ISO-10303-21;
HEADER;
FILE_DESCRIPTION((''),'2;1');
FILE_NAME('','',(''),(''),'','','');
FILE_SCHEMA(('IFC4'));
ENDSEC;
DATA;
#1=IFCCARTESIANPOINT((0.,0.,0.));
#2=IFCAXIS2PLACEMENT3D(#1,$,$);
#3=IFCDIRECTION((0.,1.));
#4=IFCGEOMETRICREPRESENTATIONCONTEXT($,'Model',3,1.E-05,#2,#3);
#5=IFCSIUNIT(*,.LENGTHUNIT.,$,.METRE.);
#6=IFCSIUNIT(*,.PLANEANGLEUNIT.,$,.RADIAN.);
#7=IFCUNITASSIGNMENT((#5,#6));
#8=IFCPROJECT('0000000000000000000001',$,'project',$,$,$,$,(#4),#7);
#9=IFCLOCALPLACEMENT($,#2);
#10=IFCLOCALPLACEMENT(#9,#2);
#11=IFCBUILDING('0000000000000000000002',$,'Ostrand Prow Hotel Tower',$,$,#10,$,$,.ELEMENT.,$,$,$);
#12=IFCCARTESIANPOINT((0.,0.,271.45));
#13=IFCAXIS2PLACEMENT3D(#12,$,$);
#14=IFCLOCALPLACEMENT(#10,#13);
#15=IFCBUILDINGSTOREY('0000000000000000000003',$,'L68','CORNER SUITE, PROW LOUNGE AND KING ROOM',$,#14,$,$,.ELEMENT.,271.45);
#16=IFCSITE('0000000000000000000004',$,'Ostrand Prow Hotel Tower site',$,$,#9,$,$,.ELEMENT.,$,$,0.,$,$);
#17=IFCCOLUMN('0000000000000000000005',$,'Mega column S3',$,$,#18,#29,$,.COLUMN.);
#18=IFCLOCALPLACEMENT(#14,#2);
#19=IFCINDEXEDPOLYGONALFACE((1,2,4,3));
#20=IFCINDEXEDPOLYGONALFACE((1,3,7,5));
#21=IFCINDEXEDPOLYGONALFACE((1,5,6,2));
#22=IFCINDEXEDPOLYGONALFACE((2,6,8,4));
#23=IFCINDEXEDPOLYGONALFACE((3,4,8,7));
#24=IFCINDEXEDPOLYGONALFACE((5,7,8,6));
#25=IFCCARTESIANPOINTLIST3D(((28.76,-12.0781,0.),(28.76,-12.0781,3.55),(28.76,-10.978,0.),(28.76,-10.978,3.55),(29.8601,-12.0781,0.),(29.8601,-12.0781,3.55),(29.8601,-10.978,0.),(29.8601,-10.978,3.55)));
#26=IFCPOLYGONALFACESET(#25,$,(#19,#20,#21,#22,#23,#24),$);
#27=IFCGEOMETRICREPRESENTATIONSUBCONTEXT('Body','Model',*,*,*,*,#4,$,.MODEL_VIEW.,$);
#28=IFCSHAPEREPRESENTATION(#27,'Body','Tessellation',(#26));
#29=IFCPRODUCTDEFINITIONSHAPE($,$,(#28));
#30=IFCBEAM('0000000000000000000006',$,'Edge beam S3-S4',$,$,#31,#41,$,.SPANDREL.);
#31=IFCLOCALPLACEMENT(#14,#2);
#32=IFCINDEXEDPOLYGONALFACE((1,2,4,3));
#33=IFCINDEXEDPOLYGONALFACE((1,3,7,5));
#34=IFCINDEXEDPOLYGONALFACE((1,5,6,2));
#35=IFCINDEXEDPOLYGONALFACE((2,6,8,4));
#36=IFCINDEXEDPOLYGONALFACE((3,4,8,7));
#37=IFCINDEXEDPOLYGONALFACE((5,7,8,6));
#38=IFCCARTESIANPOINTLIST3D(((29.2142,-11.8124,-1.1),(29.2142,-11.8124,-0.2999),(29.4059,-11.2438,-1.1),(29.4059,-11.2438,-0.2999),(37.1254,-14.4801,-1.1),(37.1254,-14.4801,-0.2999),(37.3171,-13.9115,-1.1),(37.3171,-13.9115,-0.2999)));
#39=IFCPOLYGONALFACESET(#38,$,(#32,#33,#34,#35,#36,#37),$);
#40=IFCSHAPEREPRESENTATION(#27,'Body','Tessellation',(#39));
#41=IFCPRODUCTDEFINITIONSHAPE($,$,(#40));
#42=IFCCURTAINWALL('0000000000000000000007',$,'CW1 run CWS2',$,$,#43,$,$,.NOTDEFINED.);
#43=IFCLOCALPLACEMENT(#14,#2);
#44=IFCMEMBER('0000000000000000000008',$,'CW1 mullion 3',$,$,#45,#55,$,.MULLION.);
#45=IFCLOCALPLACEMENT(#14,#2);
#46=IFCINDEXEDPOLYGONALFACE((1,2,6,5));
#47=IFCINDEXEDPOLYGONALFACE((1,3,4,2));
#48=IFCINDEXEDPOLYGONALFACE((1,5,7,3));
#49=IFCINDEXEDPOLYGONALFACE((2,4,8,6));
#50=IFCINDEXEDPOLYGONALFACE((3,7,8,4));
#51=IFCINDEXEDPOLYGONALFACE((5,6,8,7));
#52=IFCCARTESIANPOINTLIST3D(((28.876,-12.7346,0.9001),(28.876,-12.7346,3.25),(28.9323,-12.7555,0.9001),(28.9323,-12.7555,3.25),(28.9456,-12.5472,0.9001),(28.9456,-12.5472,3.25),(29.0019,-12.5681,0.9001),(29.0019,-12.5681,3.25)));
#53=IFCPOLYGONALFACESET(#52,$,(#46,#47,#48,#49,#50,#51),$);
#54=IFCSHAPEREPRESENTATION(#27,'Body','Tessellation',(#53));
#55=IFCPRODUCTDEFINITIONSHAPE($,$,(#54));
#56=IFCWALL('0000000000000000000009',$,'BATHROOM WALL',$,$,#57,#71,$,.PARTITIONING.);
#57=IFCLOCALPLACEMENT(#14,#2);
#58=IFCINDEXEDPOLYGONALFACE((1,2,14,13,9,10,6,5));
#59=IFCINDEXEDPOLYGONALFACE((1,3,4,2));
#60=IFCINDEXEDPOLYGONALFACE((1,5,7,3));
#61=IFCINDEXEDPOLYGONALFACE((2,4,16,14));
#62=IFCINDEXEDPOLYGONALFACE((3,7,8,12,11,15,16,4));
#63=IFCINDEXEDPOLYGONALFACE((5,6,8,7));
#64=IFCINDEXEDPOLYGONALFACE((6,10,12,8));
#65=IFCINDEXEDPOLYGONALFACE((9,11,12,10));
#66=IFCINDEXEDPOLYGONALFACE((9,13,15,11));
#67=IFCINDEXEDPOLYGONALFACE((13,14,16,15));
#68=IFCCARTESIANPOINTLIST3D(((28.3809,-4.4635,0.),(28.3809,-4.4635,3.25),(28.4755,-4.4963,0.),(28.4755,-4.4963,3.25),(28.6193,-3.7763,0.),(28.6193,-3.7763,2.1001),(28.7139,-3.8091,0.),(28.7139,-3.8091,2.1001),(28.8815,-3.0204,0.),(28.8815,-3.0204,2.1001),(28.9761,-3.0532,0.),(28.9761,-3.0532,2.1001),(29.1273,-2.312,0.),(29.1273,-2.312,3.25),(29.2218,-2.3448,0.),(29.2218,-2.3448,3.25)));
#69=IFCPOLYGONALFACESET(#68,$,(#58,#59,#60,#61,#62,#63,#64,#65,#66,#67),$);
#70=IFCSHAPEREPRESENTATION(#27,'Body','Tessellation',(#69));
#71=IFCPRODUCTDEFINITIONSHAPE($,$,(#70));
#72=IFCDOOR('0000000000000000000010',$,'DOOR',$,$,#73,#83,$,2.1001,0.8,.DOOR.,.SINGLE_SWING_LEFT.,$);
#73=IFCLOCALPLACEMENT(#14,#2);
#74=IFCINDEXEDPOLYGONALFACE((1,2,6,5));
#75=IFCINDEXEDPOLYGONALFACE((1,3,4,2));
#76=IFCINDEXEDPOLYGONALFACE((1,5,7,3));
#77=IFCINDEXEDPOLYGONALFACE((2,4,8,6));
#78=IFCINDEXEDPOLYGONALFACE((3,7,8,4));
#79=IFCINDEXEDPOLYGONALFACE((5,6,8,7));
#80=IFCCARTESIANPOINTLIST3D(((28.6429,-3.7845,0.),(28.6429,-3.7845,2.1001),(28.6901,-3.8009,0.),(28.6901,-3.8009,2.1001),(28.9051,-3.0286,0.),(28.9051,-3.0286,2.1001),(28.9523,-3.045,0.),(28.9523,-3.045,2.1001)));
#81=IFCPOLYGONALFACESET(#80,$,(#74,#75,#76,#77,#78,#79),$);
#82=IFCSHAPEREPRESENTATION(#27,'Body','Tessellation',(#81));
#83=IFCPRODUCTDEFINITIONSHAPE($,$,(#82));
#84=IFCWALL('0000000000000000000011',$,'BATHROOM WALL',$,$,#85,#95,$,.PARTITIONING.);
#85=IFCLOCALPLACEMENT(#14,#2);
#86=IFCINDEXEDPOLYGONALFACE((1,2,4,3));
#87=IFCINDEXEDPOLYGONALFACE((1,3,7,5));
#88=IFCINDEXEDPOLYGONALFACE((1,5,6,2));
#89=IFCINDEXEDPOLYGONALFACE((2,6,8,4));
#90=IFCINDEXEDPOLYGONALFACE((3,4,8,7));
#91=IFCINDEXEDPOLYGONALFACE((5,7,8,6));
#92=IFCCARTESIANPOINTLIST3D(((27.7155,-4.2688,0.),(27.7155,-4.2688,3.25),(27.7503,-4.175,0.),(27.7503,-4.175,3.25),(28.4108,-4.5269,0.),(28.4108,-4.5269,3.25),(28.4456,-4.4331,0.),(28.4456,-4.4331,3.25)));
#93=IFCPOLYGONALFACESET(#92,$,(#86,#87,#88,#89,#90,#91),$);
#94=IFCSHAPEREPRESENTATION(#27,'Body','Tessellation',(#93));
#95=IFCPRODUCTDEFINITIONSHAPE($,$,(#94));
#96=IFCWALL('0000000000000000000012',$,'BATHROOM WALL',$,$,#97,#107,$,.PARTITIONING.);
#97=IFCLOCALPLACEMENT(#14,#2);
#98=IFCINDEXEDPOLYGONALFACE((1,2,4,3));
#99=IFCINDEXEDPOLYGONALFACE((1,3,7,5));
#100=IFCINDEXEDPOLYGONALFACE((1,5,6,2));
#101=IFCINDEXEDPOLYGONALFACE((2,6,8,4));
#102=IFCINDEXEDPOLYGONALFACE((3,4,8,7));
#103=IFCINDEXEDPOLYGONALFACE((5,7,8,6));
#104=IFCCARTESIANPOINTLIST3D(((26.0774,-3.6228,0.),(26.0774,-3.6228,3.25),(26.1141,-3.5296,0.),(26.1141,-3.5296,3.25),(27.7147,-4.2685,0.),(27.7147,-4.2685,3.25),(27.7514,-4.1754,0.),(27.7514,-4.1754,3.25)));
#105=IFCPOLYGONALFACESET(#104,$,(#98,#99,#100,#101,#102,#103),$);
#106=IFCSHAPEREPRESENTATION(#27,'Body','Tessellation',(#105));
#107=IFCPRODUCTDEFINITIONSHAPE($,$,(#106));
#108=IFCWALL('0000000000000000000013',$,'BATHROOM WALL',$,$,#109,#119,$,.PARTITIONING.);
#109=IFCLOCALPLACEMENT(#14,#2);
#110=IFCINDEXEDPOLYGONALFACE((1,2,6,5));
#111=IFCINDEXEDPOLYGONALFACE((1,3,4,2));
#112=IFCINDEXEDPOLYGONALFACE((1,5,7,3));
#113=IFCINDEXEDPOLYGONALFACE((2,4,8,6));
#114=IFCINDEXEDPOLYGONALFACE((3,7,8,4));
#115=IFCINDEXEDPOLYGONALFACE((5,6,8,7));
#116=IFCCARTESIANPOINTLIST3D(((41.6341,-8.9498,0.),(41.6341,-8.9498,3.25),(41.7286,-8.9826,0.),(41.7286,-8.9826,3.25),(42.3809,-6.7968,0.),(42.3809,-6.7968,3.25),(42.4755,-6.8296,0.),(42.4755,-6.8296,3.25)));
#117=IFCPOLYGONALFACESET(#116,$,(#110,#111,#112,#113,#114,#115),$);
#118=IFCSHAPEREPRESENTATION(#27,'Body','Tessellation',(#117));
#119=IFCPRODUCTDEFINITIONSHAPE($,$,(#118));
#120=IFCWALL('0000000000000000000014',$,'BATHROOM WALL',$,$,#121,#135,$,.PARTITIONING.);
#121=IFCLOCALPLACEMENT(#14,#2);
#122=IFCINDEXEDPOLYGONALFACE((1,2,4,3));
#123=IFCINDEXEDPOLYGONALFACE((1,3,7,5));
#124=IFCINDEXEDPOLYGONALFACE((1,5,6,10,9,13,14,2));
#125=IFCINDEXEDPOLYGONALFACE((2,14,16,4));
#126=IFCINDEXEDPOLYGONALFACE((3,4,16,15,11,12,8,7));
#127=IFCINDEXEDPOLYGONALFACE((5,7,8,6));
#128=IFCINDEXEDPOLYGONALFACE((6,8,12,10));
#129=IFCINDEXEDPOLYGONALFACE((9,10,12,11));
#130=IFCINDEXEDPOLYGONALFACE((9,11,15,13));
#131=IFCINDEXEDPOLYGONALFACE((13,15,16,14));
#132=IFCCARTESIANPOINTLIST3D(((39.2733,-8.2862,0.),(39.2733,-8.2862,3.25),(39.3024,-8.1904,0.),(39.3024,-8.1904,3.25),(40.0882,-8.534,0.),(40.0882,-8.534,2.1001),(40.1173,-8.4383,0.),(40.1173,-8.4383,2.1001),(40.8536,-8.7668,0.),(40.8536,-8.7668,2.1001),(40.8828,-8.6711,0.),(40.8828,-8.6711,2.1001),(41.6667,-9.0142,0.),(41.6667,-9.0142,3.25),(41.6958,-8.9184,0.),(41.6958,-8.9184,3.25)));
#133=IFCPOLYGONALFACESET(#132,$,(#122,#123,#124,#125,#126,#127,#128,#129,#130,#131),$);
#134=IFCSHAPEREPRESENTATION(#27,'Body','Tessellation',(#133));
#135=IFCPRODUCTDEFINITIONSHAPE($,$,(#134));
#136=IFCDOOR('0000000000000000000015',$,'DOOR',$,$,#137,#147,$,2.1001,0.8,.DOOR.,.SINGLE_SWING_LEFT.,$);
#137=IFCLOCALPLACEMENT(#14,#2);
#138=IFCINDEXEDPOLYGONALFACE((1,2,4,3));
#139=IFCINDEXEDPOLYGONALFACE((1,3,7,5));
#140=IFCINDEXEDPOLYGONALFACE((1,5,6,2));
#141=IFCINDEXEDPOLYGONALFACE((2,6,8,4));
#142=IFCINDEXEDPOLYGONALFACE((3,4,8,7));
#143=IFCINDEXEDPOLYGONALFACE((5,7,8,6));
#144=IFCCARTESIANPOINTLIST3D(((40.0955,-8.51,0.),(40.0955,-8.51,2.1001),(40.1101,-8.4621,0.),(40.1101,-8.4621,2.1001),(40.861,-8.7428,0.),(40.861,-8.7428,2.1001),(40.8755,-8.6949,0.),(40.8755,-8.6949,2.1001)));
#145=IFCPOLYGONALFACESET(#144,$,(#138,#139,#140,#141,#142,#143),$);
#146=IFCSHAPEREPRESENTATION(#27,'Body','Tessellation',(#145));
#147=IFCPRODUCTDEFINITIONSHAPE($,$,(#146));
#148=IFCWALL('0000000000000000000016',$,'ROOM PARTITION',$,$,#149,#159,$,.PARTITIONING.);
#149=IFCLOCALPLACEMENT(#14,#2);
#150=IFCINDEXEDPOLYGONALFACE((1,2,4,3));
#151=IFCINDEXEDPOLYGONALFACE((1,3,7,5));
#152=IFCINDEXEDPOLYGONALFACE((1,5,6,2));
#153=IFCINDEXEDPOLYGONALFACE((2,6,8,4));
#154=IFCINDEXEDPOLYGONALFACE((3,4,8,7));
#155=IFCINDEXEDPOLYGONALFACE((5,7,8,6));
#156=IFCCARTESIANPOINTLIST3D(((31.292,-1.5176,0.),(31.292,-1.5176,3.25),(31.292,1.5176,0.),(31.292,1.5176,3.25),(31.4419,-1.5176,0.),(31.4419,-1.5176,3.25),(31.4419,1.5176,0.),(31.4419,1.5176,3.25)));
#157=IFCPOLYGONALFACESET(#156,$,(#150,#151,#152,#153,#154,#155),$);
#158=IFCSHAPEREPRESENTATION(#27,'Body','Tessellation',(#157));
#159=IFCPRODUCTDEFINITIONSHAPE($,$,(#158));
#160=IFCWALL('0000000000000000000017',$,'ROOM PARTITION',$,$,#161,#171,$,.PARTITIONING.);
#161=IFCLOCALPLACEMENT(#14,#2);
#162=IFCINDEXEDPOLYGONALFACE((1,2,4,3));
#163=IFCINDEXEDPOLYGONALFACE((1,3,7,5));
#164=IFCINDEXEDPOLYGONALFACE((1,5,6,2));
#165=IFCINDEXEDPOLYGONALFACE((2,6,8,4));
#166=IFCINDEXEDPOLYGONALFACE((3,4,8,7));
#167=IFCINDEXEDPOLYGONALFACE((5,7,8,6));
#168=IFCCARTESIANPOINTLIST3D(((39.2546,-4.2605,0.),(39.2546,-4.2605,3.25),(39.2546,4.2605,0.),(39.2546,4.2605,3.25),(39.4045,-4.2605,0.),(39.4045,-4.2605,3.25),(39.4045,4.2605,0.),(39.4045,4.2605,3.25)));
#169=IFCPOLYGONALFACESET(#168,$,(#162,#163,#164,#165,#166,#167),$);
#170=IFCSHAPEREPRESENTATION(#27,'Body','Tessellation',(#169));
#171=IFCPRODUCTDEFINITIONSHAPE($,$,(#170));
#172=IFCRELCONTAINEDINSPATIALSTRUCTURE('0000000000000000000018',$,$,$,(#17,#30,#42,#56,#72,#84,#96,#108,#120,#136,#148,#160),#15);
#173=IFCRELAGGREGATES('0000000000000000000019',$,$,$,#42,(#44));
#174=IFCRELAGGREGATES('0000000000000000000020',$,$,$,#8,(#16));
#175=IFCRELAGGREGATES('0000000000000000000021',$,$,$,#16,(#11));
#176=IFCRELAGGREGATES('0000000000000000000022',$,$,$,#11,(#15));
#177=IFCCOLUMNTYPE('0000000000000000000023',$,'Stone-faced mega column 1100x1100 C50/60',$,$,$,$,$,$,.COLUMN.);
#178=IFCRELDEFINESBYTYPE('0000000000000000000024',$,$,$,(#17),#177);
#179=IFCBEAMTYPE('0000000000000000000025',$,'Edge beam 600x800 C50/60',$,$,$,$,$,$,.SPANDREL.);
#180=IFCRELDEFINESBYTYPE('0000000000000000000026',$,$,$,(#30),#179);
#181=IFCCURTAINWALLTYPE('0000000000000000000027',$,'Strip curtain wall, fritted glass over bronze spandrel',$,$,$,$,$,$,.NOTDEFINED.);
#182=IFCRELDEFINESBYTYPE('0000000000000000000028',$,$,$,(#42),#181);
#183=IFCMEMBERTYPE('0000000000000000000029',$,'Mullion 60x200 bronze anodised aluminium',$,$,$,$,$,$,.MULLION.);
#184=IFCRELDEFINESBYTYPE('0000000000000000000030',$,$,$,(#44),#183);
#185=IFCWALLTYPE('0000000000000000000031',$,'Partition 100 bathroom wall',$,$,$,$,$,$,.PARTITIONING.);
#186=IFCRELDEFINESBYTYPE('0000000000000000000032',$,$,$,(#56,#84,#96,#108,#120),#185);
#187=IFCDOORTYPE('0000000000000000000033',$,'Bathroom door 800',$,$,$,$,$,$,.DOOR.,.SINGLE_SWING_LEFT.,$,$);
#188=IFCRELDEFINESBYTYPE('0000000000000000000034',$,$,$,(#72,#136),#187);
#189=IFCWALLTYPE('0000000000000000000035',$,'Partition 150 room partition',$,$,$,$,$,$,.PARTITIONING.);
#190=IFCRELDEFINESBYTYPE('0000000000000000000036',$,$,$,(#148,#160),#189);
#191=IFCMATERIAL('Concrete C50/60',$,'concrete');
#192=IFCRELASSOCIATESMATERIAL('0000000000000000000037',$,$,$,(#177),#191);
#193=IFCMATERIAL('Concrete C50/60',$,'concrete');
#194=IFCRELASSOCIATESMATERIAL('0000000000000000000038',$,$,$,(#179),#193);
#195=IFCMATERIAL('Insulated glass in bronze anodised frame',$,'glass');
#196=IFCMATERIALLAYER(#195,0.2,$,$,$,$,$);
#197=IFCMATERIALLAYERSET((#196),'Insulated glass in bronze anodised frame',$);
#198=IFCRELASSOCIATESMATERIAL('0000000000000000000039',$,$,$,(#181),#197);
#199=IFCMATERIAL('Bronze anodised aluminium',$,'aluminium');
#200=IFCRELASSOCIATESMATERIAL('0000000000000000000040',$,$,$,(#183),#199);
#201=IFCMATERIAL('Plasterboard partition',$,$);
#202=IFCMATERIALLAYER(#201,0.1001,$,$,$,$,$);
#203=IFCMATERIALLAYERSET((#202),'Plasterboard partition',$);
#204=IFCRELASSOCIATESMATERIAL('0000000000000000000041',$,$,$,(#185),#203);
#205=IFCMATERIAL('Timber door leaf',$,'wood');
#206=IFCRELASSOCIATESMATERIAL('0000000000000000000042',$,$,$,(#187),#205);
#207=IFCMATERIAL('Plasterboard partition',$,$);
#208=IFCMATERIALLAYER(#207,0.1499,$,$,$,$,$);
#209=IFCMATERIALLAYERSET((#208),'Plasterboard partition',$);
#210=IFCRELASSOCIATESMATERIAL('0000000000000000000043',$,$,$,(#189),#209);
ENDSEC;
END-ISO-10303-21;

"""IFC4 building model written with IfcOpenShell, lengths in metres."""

from ifc_helpers import new_model, si_unit, direction, frame, frame_2d, origin, origin_2d, place, context, subcontext, project, spatial, rectangle, extrude, material, layer, layer_set, material_profile, profile_set, type_object, element, fill, aggregate, save


model = new_model("IFC4")

# Units and contexts
model_context = context("Model", 3, precision=1e-05, world=origin(), true_north=direction((0.0, 1.0)))
body_context = subcontext(model_context, "Body", "Model", "MODEL_VIEW")
ifc_project = project(units=[si_unit("LENGTHUNIT", "METRE"), si_unit("PLANEANGLEUNIT", "RADIAN")], contexts=[model_context])

# Site, building, storey
site_placement = place(None, origin())
site = spatial("IfcSite", under=ifc_project, at=site_placement, Name="Ostrand Prow Hotel Tower site", CompositionType="ELEMENT", RefElevation=0.0)
building_placement = place(site_placement, origin())
building = spatial("IfcBuilding", under=site, at=building_placement, Name="Ostrand Prow Hotel Tower", CompositionType="ELEMENT")
storey_placement = place(building_placement, frame((0.0, 0.0, 271.45)))
storey = spatial("IfcBuildingStorey", under=building, at=storey_placement, Name="L68", Description="CORNER SUITE, PROW LOUNGE AND KING ROOM", CompositionType="ELEMENT", Elevation=271.45)

# Column
ifc_material_1 = material(Name="Concrete C50/60", Category="concrete")
ifc_material_profile_1 = material_profile(ifc_material_1, rectangle(XDim=1.1001, YDim=1.1001, at=origin_2d()), Name="RC 1100x1100")
ifc_profile_set_1 = profile_set([ifc_material_profile_1], Name="Concrete C50/60")
column_type = type_object("IfcColumnType", Name="Stone-faced mega column 1100x1100 C50/60", PredefinedType="COLUMN", material=ifc_profile_set_1)
column_placement = place(storey_placement, frame((29.3101, -11.5281, 0.0), z_axis=(0.0, 0.0, 1.0), x_axis=(1.0, 0.0, 0.0)))
element("IfcColumn", 1, at=column_placement, inside=storey, type_object=column_type, Name="Mega column S3", PredefinedType="COLUMN", context=body_context, shape_type="SweptSolid", body=[
    extrude(rectangle(XDim=1.1001, YDim=1.1001, at=origin_2d()), origin(), (0.0, 0.0, 1.0), 3.55),
])

# Beam
ifc_material_2 = material(Name="Concrete C50/60", Category="concrete")
ifc_material_profile_2 = material_profile(ifc_material_2, rectangle(XDim=0.6001, YDim=0.8, at=origin_2d()), Name="RC 600x800")
ifc_profile_set_2 = profile_set([ifc_material_profile_2], Name="Concrete C50/60")
beam_type = type_object("IfcBeamType", Name="Edge beam 600x800 C50/60", PredefinedType="SPANDREL", material=ifc_profile_set_2)
beam_placement = place(storey_placement, frame((29.3101, -11.5281, -0.7), z_axis=(0.947575, -0.319533, 0.0), x_axis=(0.319533, 0.947575, 0.0)))
element("IfcBeam", 2, at=beam_placement, inside=storey, type_object=beam_type, Name="Edge beam S3-S4", PredefinedType="SPANDREL", context=body_context, shape_type="SweptSolid", body=[
    extrude(rectangle(XDim=0.6001, YDim=0.8, at=origin_2d()), origin(), (0.0, 0.0, 1.0), 8.3489),
])

# Curtain wall, member
ifc_material_3 = material(Name="Insulated glass in bronze anodised frame", Category="glass")
ifc_layer_1 = layer(ifc_material_3, 0.2)
ifc_layer_set_1 = layer_set([ifc_layer_1], Name="Insulated glass in bronze anodised frame")
curtain_wall_type = type_object("IfcCurtainWallType", Name="Strip curtain wall, fritted glass over bronze spandrel", PredefinedType="NOTDEFINED", material=ifc_layer_set_1)
curtain_wall_placement = place(storey_placement, origin())
curtain_wall = element("IfcCurtainWall", 3, at=curtain_wall_placement, inside=storey, type_object=curtain_wall_type, Name="CW1 run CWS2", PredefinedType="NOTDEFINED")
ifc_material_4 = material(Name="Bronze anodised aluminium", Category="aluminium")
ifc_material_profile_3 = material_profile(ifc_material_4, rectangle(XDim=0.2, YDim=0.0601, at=origin_2d()), Name="Mullion 60x200 bronze anodised aluminium")
ifc_profile_set_3 = profile_set([ifc_material_profile_3], Name="Bronze anodised aluminium")
member_type = type_object("IfcMemberType", Name="Mullion 60x200 bronze anodised aluminium", PredefinedType="MULLION", material=ifc_profile_set_3)
member_placement = place(storey_placement, frame((28.939, -12.6514, 0.9001), z_axis=(0.0, 0.0, 1.0), x_axis=(0.348071, 0.937468, 0.0)))
member = element("IfcMember", 4, at=member_placement, type_object=member_type, Name="CW1 mullion 3", PredefinedType="MULLION", context=body_context, shape_type="SweptSolid", body=[
    extrude(rectangle(XDim=0.2, YDim=0.0601, at=origin_2d()), origin(), (0.0, 0.0, 1.0), 2.3499),
])
aggregate(curtain_wall, [member])

# Wall, opening, door
ifc_material_5 = material(Name="Plasterboard partition")
ifc_layer_2 = layer(ifc_material_5, 0.1001)
ifc_layer_set_2 = layer_set([ifc_layer_2], Name="Plasterboard partition")
wall_type_1 = type_object("IfcWallType", Name="Partition 100 bathroom wall", PredefinedType="PARTITIONING", material=ifc_layer_set_2)
wall_1_placement = place(storey_placement, frame((29.1746, -2.3284, 0.0), z_axis=(0.0, 0.0, 1.0), x_axis=(-0.327718, -0.944776, 0.0)))
wall_1 = element("IfcWall", 5, at=wall_1_placement, inside=storey, type_object=wall_type_1, Name="BATHROOM WALL", PredefinedType="PARTITIONING", context=body_context, shape_type="SweptSolid", body=[
    extrude(rectangle(XDim=2.2773, YDim=0.1001, at=frame_2d((1.1387, 0.0))), origin(), (0.0, 0.0, 1.0), 3.25),
])
opening_1_placement = place(wall_1_placement, frame((0.75, 0.0, 0.0)))
opening_1 = element("IfcOpeningElement", 6, at=opening_1_placement, cuts=wall_1, PredefinedType="OPENING", context=body_context, shape_type="SweptSolid", body=[
    extrude(rectangle(XDim=0.8, YDim=2.1001, at=frame_2d((0.3999, 1.05))), frame((0.0, 0.0601, 0.0), z_axis=(0.0, -1.0, 0.0), x_axis=(1.0, 0.0, 0.0)), (0.0, 0.0, 1.0), 0.1201),
])
ifc_material_6 = material(Name="Timber door leaf", Category="wood")
door_type_1 = type_object("IfcDoorType", Name="Bathroom door 800", OperationType="SINGLE_SWING_LEFT", PredefinedType="DOOR", material=ifc_material_6)
door_1_placement = place(opening_1_placement, origin())
door_1 = element("IfcDoor", 7, at=door_1_placement, inside=storey, type_object=door_type_1, Name="DOOR", OperationType="SINGLE_SWING_LEFT", OverallHeight=2.1001, OverallWidth=0.8, PredefinedType="DOOR", context=body_context, shape_type="SweptSolid", body=[
    extrude(rectangle(XDim=0.8, YDim=2.1001, at=frame_2d((0.3999, 1.05))), frame((0.0, 0.0249, 0.0), z_axis=(0.0, -1.0, 0.0), x_axis=(1.0, 0.0, 0.0)), (0.0, 0.0, 1.0), 0.05),
])
fill(opening_1, door_1)

# Walls
wall_2_placement = place(storey_placement, frame((28.4282, -4.48, 0.0), z_axis=(0.0, 0.0, 1.0), x_axis=(-0.937514, 0.347947, 0.0)))
element("IfcWall", 8, at=wall_2_placement, inside=storey, type_object=wall_type_1, Name="BATHROOM WALL", PredefinedType="PARTITIONING", context=body_context, shape_type="SweptSolid", body=[
    extrude(rectangle(XDim=0.7417, YDim=0.1001, at=frame_2d((0.3708, 0.0))), origin(), (0.0, 0.0, 1.0), 3.25),
])
wall_3_placement = place(storey_placement, frame((27.7329, -4.2219, 0.0), z_axis=(0.0, 0.0, 1.0), x_axis=(-0.930255, 0.366914, 0.0)))
element("IfcWall", 9, at=wall_3_placement, inside=storey, type_object=wall_type_1, Name="BATHROOM WALL", PredefinedType="PARTITIONING", context=body_context, shape_type="SweptSolid", body=[
    extrude(rectangle(XDim=1.76, YDim=0.1001, at=frame_2d((0.8799, 0.0))), origin(), (0.0, 0.0, 1.0), 3.25),
])
wall_4_placement = place(storey_placement, frame((42.4282, -6.8132, 0.0), z_axis=(0.0, 0.0, 1.0), x_axis=(-0.327743, -0.944767, 0.0)))
element("IfcWall", 10, at=wall_4_placement, inside=storey, type_object=wall_type_1, Name="BATHROOM WALL", PredefinedType="PARTITIONING", context=body_context, shape_type="SweptSolid", body=[
    extrude(rectangle(XDim=2.2788, YDim=0.1001, at=frame_2d((1.1394, 0.0))), origin(), (0.0, 0.0, 1.0), 3.25),
])

# Wall, opening, door
wall_5_placement = place(storey_placement, frame((41.6814, -8.9663, 0.0), z_axis=(0.0, 0.0, 1.0), x_axis=(-0.956724, 0.290999, 0.0)))
wall_5 = element("IfcWall", 11, at=wall_5_placement, inside=storey, type_object=wall_type_1, Name="BATHROOM WALL", PredefinedType="PARTITIONING", context=body_context, shape_type="SweptSolid", body=[
    extrude(rectangle(XDim=2.5017, YDim=0.1001, at=frame_2d((1.251, 0.0))), origin(), (0.0, 0.0, 1.0), 3.25),
])
opening_2_placement = place(wall_5_placement, frame((0.8501, 0.0, 0.0)))
opening_2 = element("IfcOpeningElement", 12, at=opening_2_placement, cuts=wall_5, PredefinedType="OPENING", context=body_context, shape_type="SweptSolid", body=[
    extrude(rectangle(XDim=0.8, YDim=2.1001, at=frame_2d((0.3999, 1.05))), frame((0.0, 0.0601, 0.0), z_axis=(0.0, -1.0, 0.0), x_axis=(1.0, 0.0, 0.0)), (0.0, 0.0, 1.0), 0.1201),
])
door_2_placement = place(opening_2_placement, origin())
door_2 = element("IfcDoor", 13, at=door_2_placement, inside=storey, type_object=door_type_1, Name="DOOR", OperationType="SINGLE_SWING_LEFT", OverallHeight=2.1001, OverallWidth=0.8, PredefinedType="DOOR", context=body_context, shape_type="SweptSolid", body=[
    extrude(rectangle(XDim=0.8, YDim=2.1001, at=frame_2d((0.3999, 1.05))), frame((0.0, 0.0249, 0.0), z_axis=(0.0, -1.0, 0.0), x_axis=(1.0, 0.0, 0.0)), (0.0, 0.0, 1.0), 0.05),
])
fill(opening_2, door_2)

# Walls
ifc_material_7 = material(Name="Plasterboard partition")
ifc_layer_3 = layer(ifc_material_7, 0.1499)
ifc_layer_set_3 = layer_set([ifc_layer_3], Name="Plasterboard partition")
wall_type_2 = type_object("IfcWallType", Name="Partition 150 room partition", PredefinedType="PARTITIONING", material=ifc_layer_set_3)
wall_6_placement = place(storey_placement, frame((31.3669, -1.5176, 0.0), z_axis=(0.0, 0.0, 1.0), x_axis=(0.0, 1.0, 0.0)))
element("IfcWall", 14, at=wall_6_placement, inside=storey, type_object=wall_type_2, Name="ROOM PARTITION", PredefinedType="PARTITIONING", context=body_context, shape_type="SweptSolid", body=[
    extrude(rectangle(XDim=3.0352, YDim=0.1499, at=frame_2d((1.5176, 0.0))), origin(), (0.0, 0.0, 1.0), 3.25),
])
wall_7_placement = place(storey_placement, frame((39.3296, -4.2605, 0.0), z_axis=(0.0, 0.0, 1.0), x_axis=(0.0, 1.0, 0.0)))
element("IfcWall", 15, at=wall_7_placement, inside=storey, type_object=wall_type_2, Name="ROOM PARTITION", PredefinedType="PARTITIONING", context=body_context, shape_type="SweptSolid", body=[
    extrude(rectangle(XDim=8.521, YDim=0.1499, at=frame_2d((4.2605, 0.0))), origin(), (0.0, 0.0, 1.0), 3.25),
])

save(model, "model.ifc")
